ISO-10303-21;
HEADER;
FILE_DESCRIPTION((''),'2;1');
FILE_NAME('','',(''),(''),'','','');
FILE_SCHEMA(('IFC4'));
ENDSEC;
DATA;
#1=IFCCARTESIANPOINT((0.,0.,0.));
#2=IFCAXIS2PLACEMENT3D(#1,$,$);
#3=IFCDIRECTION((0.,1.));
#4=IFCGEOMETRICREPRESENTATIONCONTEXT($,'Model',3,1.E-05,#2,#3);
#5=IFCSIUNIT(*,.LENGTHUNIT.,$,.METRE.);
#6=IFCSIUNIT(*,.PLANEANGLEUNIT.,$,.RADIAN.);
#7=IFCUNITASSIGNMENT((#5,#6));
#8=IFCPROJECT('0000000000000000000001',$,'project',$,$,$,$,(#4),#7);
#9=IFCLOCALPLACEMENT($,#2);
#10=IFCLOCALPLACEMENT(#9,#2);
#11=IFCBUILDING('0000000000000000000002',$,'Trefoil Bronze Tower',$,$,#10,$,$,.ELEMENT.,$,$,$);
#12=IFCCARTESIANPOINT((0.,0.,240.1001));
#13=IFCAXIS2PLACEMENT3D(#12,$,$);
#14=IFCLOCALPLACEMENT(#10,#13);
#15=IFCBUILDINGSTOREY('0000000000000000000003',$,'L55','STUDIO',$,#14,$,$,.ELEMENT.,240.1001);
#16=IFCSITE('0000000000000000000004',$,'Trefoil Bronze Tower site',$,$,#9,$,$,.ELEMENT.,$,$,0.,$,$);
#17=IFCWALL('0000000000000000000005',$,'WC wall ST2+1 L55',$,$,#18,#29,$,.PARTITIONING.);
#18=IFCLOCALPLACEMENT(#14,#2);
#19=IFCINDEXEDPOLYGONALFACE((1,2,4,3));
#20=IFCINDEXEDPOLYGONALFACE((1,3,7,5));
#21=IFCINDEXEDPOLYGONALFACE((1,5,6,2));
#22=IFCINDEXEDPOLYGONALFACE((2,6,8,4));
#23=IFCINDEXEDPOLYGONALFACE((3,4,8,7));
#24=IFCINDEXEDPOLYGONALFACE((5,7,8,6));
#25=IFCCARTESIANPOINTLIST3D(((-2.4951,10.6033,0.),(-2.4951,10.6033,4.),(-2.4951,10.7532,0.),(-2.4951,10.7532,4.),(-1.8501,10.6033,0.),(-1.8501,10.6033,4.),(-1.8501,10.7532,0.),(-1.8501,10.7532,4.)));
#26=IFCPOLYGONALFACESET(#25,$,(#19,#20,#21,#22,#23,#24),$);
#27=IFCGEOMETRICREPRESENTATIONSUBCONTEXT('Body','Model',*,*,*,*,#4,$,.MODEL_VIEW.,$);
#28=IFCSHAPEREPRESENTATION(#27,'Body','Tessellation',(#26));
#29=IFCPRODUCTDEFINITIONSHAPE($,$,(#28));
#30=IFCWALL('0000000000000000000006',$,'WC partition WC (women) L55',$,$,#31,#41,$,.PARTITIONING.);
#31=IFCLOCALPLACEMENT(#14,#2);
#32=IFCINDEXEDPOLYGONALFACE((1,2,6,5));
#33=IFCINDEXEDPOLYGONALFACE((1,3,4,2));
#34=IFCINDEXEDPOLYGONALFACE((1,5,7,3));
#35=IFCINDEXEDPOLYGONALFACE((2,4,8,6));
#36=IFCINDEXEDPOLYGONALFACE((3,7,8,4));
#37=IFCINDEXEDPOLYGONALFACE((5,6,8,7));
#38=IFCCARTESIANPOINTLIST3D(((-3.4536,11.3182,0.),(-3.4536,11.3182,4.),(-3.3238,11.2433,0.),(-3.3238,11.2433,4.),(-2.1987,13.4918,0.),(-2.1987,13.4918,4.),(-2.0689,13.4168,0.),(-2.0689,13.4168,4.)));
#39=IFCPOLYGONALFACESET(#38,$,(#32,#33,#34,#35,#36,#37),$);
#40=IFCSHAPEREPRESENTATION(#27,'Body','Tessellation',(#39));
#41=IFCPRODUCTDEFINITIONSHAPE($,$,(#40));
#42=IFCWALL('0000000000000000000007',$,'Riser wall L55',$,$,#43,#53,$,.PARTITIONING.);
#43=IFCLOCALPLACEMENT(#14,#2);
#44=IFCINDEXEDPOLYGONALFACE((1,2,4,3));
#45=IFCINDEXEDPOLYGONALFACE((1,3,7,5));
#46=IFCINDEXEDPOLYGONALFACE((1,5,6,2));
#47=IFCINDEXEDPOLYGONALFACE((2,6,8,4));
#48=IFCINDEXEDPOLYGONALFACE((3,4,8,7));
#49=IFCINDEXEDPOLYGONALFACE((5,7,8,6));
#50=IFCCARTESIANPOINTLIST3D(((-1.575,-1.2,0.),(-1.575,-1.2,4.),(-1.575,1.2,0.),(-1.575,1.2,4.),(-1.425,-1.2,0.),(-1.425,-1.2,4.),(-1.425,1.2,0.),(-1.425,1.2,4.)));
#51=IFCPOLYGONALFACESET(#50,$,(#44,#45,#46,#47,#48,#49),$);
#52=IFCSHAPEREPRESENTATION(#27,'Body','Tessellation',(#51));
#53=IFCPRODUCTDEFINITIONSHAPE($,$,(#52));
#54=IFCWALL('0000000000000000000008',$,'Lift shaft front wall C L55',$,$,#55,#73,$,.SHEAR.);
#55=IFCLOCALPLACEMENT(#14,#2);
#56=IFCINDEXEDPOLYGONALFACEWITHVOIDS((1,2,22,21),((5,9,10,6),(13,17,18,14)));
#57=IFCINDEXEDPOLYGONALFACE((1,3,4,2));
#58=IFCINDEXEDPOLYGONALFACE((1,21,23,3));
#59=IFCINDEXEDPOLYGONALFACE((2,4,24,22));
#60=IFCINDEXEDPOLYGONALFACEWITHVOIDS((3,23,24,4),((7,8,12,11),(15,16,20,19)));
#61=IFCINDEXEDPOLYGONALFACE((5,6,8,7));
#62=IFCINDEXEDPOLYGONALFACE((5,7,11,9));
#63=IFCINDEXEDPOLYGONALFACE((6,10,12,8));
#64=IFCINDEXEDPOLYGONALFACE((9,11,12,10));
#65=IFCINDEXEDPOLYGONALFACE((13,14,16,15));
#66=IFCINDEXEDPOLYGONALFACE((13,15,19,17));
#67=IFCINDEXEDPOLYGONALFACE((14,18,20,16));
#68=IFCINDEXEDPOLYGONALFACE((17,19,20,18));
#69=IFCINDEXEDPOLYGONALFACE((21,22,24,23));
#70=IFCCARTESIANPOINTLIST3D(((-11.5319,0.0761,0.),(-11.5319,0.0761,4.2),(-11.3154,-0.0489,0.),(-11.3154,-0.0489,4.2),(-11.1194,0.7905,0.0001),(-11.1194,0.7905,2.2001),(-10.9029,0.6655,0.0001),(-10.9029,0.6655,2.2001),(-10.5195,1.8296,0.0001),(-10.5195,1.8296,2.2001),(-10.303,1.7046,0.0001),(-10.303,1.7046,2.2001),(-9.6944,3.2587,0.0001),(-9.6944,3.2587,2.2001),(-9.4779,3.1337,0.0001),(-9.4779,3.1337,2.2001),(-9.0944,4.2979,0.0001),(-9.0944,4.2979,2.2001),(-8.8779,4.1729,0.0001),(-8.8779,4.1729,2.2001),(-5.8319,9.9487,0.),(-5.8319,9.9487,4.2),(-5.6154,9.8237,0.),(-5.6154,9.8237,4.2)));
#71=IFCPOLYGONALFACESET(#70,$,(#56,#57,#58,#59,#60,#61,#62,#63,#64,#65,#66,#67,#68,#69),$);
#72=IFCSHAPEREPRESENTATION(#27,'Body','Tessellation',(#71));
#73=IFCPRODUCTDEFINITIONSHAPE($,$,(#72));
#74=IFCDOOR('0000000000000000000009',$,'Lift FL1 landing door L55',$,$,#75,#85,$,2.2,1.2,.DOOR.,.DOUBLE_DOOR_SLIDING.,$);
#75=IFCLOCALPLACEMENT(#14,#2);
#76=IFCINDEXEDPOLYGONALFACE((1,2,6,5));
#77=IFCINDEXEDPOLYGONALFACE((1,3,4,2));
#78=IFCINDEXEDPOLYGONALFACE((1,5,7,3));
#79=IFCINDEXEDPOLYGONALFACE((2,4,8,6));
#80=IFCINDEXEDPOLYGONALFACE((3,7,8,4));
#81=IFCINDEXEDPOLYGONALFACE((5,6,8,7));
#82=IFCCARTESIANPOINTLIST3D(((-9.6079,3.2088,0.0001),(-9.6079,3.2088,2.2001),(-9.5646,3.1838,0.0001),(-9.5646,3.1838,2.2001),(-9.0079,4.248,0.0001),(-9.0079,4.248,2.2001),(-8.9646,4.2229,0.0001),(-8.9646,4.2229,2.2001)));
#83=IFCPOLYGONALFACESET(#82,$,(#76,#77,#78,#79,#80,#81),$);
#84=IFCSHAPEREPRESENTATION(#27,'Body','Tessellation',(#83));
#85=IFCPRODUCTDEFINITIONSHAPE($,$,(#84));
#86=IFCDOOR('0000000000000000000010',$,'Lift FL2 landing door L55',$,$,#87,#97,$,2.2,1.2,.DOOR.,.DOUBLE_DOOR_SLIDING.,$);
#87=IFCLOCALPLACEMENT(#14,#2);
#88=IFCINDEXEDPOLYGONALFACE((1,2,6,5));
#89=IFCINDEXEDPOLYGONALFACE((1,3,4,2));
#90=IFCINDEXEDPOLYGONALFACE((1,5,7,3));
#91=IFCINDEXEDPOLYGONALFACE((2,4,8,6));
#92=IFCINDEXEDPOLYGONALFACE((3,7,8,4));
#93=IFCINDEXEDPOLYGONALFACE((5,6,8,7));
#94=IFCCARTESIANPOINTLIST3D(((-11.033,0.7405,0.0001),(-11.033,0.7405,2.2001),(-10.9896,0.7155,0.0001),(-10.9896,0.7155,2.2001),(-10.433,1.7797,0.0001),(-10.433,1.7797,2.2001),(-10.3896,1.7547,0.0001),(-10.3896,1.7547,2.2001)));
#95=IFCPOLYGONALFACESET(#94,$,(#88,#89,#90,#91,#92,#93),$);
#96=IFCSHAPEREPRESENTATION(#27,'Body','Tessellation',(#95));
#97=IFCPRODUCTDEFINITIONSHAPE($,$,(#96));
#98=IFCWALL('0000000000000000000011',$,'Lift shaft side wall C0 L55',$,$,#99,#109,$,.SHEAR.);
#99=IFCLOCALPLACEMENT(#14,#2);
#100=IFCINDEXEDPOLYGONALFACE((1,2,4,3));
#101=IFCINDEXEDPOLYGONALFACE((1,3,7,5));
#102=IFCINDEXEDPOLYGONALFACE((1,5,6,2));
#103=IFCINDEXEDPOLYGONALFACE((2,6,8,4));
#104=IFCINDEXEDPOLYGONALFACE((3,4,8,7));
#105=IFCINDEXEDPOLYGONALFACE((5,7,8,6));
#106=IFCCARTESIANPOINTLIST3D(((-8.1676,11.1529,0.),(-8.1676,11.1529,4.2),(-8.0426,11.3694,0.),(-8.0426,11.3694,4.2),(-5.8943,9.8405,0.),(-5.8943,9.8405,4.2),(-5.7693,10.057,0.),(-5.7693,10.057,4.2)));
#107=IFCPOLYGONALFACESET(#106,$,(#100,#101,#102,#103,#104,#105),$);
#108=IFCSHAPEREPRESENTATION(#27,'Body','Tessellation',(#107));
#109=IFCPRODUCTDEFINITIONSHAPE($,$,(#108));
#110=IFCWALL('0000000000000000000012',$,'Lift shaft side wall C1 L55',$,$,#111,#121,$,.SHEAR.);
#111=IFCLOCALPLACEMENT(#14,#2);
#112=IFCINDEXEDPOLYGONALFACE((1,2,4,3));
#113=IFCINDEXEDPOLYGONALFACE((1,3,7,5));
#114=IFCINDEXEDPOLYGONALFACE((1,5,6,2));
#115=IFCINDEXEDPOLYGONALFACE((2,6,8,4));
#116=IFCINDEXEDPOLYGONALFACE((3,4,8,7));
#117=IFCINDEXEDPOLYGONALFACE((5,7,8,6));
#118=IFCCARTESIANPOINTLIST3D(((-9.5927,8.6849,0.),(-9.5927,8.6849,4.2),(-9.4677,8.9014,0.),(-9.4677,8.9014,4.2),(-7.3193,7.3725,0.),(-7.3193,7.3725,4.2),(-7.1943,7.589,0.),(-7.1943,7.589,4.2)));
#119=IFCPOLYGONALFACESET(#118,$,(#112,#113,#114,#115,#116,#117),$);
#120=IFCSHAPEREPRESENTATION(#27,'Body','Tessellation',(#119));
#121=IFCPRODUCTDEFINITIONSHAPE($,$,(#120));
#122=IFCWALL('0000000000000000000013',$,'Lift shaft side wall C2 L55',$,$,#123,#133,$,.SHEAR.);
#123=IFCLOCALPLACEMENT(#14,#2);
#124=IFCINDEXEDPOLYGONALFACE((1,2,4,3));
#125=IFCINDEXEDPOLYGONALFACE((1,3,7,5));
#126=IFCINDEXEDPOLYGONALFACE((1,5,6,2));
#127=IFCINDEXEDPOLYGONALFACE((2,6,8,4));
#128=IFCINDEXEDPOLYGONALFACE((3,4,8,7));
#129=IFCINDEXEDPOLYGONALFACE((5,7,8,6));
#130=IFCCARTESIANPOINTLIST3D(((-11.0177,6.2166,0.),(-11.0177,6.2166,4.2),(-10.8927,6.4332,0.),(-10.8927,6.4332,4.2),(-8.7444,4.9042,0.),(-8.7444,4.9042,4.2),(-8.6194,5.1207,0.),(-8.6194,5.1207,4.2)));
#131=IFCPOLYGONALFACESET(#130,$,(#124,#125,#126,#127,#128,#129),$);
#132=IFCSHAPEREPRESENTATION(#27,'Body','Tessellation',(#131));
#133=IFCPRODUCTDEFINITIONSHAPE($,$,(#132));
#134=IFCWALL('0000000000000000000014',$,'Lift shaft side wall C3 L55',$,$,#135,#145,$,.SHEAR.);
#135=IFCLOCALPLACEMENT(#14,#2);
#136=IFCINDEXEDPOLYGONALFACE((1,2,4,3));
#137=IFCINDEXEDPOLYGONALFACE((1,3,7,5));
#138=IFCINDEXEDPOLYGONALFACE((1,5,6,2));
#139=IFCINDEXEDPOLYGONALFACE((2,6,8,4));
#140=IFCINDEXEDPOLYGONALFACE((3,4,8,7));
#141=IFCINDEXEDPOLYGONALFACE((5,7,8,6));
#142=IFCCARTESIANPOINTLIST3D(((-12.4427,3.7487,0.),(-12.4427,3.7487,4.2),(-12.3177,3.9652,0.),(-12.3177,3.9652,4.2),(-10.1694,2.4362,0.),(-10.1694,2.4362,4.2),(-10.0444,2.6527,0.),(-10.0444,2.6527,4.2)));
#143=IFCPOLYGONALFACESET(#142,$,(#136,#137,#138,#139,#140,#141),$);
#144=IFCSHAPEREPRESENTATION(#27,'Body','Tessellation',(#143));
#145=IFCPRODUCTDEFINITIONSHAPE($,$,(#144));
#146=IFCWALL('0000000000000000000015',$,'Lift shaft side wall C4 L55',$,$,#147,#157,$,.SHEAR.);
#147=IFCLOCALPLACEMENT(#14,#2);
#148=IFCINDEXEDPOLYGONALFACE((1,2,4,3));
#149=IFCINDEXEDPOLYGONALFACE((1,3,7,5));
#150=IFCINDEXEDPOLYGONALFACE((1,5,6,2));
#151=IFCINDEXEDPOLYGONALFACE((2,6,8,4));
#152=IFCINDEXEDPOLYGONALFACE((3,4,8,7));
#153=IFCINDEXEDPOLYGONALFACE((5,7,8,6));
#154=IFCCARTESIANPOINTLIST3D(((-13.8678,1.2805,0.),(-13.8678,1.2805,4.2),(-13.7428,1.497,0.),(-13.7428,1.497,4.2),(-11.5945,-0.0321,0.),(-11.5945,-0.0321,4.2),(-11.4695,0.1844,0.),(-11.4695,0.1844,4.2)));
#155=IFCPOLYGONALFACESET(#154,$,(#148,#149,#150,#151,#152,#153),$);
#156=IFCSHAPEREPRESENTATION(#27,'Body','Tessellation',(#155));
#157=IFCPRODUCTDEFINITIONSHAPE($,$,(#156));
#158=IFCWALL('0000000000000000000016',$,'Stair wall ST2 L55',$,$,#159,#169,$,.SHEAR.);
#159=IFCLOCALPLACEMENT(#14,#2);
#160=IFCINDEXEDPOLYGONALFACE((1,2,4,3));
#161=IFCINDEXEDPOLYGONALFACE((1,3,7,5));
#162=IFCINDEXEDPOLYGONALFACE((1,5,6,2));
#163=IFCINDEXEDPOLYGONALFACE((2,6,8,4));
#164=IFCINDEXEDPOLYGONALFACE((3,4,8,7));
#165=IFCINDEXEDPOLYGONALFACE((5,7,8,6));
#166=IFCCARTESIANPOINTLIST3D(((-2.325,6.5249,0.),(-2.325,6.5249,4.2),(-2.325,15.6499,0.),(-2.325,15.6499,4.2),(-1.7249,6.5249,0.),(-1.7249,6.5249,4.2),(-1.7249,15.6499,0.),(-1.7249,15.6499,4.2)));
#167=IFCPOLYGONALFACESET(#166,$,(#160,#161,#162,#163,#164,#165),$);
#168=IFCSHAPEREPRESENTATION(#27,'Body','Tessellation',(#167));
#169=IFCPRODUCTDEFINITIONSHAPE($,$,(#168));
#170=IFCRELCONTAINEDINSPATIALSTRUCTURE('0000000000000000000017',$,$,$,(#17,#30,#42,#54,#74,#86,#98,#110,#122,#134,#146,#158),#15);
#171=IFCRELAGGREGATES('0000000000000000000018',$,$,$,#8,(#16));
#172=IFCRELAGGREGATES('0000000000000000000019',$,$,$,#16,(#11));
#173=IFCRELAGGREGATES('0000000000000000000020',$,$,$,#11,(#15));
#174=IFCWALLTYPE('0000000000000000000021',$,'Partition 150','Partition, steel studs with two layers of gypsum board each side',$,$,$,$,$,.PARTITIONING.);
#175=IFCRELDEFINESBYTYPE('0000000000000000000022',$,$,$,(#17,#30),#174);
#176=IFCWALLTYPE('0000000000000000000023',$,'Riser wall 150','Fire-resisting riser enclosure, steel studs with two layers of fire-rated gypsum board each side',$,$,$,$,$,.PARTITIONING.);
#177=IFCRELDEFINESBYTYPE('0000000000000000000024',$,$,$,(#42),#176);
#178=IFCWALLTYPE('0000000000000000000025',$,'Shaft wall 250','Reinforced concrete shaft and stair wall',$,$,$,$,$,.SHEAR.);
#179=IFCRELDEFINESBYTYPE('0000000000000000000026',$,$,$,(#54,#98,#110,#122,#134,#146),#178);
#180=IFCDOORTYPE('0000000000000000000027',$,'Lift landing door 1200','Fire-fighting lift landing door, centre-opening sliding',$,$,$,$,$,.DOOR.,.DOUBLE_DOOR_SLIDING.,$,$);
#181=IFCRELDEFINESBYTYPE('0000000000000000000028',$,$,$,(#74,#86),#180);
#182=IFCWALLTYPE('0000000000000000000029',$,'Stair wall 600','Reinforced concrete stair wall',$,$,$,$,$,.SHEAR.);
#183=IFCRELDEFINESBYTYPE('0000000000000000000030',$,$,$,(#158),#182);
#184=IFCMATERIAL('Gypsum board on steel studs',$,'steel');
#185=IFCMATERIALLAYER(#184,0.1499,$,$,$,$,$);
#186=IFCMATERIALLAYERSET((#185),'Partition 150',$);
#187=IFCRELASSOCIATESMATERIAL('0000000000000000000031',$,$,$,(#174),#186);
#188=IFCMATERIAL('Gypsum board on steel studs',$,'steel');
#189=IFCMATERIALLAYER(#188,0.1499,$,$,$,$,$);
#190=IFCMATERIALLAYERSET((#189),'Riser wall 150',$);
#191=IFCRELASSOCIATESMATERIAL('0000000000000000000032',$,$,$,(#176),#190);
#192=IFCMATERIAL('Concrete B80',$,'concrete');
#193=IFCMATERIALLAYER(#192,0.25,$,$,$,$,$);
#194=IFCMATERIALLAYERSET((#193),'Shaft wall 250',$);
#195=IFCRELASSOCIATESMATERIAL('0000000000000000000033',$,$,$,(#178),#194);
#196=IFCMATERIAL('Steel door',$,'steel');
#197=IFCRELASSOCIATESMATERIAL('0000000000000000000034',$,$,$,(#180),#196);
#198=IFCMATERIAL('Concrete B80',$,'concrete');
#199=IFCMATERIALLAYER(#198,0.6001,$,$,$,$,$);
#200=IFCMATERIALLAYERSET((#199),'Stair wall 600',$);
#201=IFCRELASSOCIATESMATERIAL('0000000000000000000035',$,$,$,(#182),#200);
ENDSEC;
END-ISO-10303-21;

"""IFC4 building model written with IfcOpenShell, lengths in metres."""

from ifc_helpers import new_model, si_unit, direction, frame, frame_2d, origin, place, context, subcontext, project, spatial, rectangle, extrude, material, layer, layer_set, type_object, element, fill, save


model = new_model("IFC4")

# Units and contexts
model_context = context("Model", 3, precision=1e-05, world=origin(), true_north=direction((0.0, 1.0)))
body_context = subcontext(model_context, "Body", "Model", "MODEL_VIEW")
ifc_project = project(units=[si_unit("LENGTHUNIT", "METRE"), si_unit("PLANEANGLEUNIT", "RADIAN")], contexts=[model_context])

# Site, building, storey
site_placement = place(None, origin())
site = spatial("IfcSite", under=ifc_project, at=site_placement, Name="Trefoil Bronze Tower site", CompositionType="ELEMENT", RefElevation=0.0)
building_placement = place(site_placement, origin())
building = spatial("IfcBuilding", under=site, at=building_placement, Name="Trefoil Bronze Tower", CompositionType="ELEMENT")
storey_placement = place(building_placement, frame((0.0, 0.0, 240.1001)))
storey = spatial("IfcBuildingStorey", under=building, at=storey_placement, Name="L55", Description="STUDIO", CompositionType="ELEMENT", Elevation=240.1001)

# Shared definitions
ifc_material_1 = material(Name="Gypsum board on steel studs", Category="steel")
ifc_layer_1 = layer(ifc_material_1, 0.1499)
ifc_layer_set_1 = layer_set([ifc_layer_1], Name="Partition 150")
wall_type_1 = type_object("IfcWallType", Name="Partition 150", Description="Partition, steel studs with two layers of gypsum board each side", PredefinedType="PARTITIONING", material=ifc_layer_set_1)

# Walls
wall_1_placement = place(storey_placement, frame((-2.4951, 10.6782, 0.0), z_axis=(0.0, 0.0, 1.0), x_axis=(1.0, 0.0, 0.0)))
element("IfcWall", 1, at=wall_1_placement, inside=storey, type_object=wall_type_1, Name="WC wall ST2+1 L55", PredefinedType="PARTITIONING", context=body_context, shape_type="SweptSolid", body=[
    extrude(rectangle(XDim=0.645, YDim=0.1499, at=frame_2d((0.3225, 0.0))), origin(), (0.0, 0.0, 1.0), 4.0),
])
wall_2_placement = place(storey_placement, frame((-3.3887, 11.2808, 0.0), z_axis=(0.0, 0.0, 1.0), x_axis=(0.499989, 0.866032, 0.0)))
element("IfcWall", 2, at=wall_2_placement, inside=storey, type_object=wall_type_1, Name="WC partition WC (women) L55", PredefinedType="PARTITIONING", context=body_context, shape_type="SweptSolid", body=[
    extrude(rectangle(XDim=2.5098, YDim=0.1499, at=frame_2d((1.2549, 0.0))), origin(), (0.0, 0.0, 1.0), 4.0),
])
ifc_material_2 = material(Name="Gypsum board on steel studs", Category="steel")
ifc_layer_2 = layer(ifc_material_2, 0.1499)
ifc_layer_set_2 = layer_set([ifc_layer_2], Name="Riser wall 150")
wall_type_2 = type_object("IfcWallType", Name="Riser wall 150", Description="Fire-resisting riser enclosure, steel studs with two layers of fire-rated gypsum board each side", PredefinedType="PARTITIONING", material=ifc_layer_set_2)
wall_3_placement = place(storey_placement, frame((-1.5, 1.2, 0.0), z_axis=(0.0, 0.0, 1.0), x_axis=(0.0, -1.0, 0.0)))
element("IfcWall", 3, at=wall_3_placement, inside=storey, type_object=wall_type_2, Name="Riser wall L55", PredefinedType="PARTITIONING", context=body_context, shape_type="SweptSolid", body=[
    extrude(rectangle(XDim=2.3999, YDim=0.1499, at=frame_2d((1.2, 0.0))), origin(), (0.0, 0.0, 1.0), 4.0),
])

# Wall, openings, doors
ifc_material_3 = material(Name="Concrete B80", Category="concrete")
ifc_layer_3 = layer(ifc_material_3, 0.25)
ifc_layer_set_3 = layer_set([ifc_layer_3], Name="Shaft wall 250")
wall_type_3 = type_object("IfcWallType", Name="Shaft wall 250", Description="Reinforced concrete shaft and stair wall", PredefinedType="SHEAR", material=ifc_layer_set_3)
wall_4_placement = place(storey_placement, frame((-5.7236, 9.8862, 0.0), z_axis=(0.0, 0.0, 1.0), x_axis=(-0.500002, -0.866024, 0.0)))
wall_4 = element("IfcWall", 4, at=wall_4_placement, inside=storey, type_object=wall_type_3, Name="Lift shaft front wall C L55", PredefinedType="SHEAR", context=body_context, shape_type="SweptSolid", body=[
    extrude(rectangle(XDim=11.3999, YDim=0.25, at=frame_2d((5.7, 0.0))), origin(), (0.0, 0.0, 1.0), 4.2),
])
opening_1_placement = place(wall_4_placement, frame((6.5249, 0.0, 0.0)))
opening_1 = element("IfcOpeningElement", 5, at=opening_1_placement, cuts=wall_4, PredefinedType="OPENING", context=body_context, shape_type="SweptSolid", body=[
    extrude(rectangle(XDim=1.2, YDim=2.2, at=frame_2d((0.6001, 1.1001))), frame((0.0, 0.135, 0.0), z_axis=(0.0, -1.0, 0.0), x_axis=(1.0, 0.0, 0.0)), (0.0, 0.0, 1.0), 0.27),
])
opening_2_placement = place(wall_4_placement, frame((9.375, 0.0, 0.0)))
opening_2 = element("IfcOpeningElement", 6, at=opening_2_placement, cuts=wall_4, PredefinedType="OPENING", context=body_context, shape_type="SweptSolid", body=[
    extrude(rectangle(XDim=1.2, YDim=2.2, at=frame_2d((0.6001, 1.1001))), frame((0.0, 0.135, 0.0), z_axis=(0.0, -1.0, 0.0), x_axis=(1.0, 0.0, 0.0)), (0.0, 0.0, 1.0), 0.27),
])
ifc_material_4 = material(Name="Steel door", Category="steel")
door_type_1 = type_object("IfcDoorType", Name="Lift landing door 1200", Description="Fire-fighting lift landing door, centre-opening sliding", OperationType="DOUBLE_DOOR_SLIDING", PredefinedType="DOOR", material=ifc_material_4)
door_1_placement = place(opening_1_placement, origin())
door_1 = element("IfcDoor", 7, at=door_1_placement, inside=storey, type_object=door_type_1, Name="Lift FL1 landing door L55", OperationType="DOUBLE_DOOR_SLIDING", OverallHeight=2.2, OverallWidth=1.2, PredefinedType="DOOR", context=body_context, shape_type="SweptSolid", body=[
    extrude(rectangle(XDim=1.2, YDim=2.2, at=frame_2d((0.6001, 1.1001))), frame((0.0, 0.0249, 0.0), z_axis=(0.0, -1.0, 0.0), x_axis=(1.0, 0.0, 0.0)), (0.0, 0.0, 1.0), 0.05),
])
fill(opening_1, door_1)
door_2_placement = place(opening_2_placement, origin())
door_2 = element("IfcDoor", 8, at=door_2_placement, inside=storey, type_object=door_type_1, Name="Lift FL2 landing door L55", OperationType="DOUBLE_DOOR_SLIDING", OverallHeight=2.2, OverallWidth=1.2, PredefinedType="DOOR", context=body_context, shape_type="SweptSolid", body=[
    extrude(rectangle(XDim=1.2, YDim=2.2, at=frame_2d((0.6001, 1.1001))), frame((0.0, 0.0249, 0.0), z_axis=(0.0, -1.0, 0.0), x_axis=(1.0, 0.0, 0.0)), (0.0, 0.0, 1.0), 0.05),
])
fill(opening_2, door_2)

# Walls
for number, where, z_axis, x_axis, name in (
    (9, (-5.8318, 9.9487, 0.0), (0.0, 0.0, 1.0), (-0.866037, 0.49998, 0.0), "Lift shaft side wall C0 L55"),
    (10, (-7.2568, 7.4807, 0.0), (0.0, 0.0, 1.0), (-0.866037, 0.49998, 0.0), "Lift shaft side wall C1 L55"),
    (11, (-8.6819, 5.0125, 0.0), (0.0, 0.0, 1.0), (-0.866037, 0.49998, 0.0), "Lift shaft side wall C2 L55"),
    (12, (-10.1069, 2.5444, 0.0), (0.0, 0.0, 1.0), (-0.866014, 0.50002, 0.0), "Lift shaft side wall C3 L55"),
    (13, (-11.532, 0.0762, 0.0), (0.0, 0.0, 1.0), (-0.866014, 0.50002, 0.0), "Lift shaft side wall C4 L55"),
):
    element("IfcWall", number, at=place(storey_placement, frame(where, z_axis=z_axis, x_axis=x_axis)), inside=storey, type_object=wall_type_3, Name=name, PredefinedType="SHEAR", context=body_context, shape_type="SweptSolid", body=[
        extrude(rectangle(XDim=2.625, YDim=0.25, at=frame_2d((1.3125, 0.0))), origin(), (0.0, 0.0, 1.0), 4.2),
    ])
ifc_material_5 = material(Name="Concrete B80", Category="concrete")
ifc_layer_4 = layer(ifc_material_5, 0.6001)
ifc_layer_set_4 = layer_set([ifc_layer_4], Name="Stair wall 600")
wall_type_4 = type_object("IfcWallType", Name="Stair wall 600", Description="Reinforced concrete stair wall", PredefinedType="SHEAR", material=ifc_layer_set_4)
wall_5_placement = place(storey_placement, frame((-2.0249, 6.5249, 0.0), z_axis=(0.0, 0.0, 1.0), x_axis=(0.0, 1.0, 0.0)))
element("IfcWall", 14, at=wall_5_placement, inside=storey, type_object=wall_type_4, Name="Stair wall ST2 L55", PredefinedType="SHEAR", context=body_context, shape_type="SweptSolid", body=[
    extrude(rectangle(XDim=9.125, YDim=0.6001, at=frame_2d((4.5625, 0.0))), origin(), (0.0, 0.0, 1.0), 4.2),
])

save(model, "model.ifc")
